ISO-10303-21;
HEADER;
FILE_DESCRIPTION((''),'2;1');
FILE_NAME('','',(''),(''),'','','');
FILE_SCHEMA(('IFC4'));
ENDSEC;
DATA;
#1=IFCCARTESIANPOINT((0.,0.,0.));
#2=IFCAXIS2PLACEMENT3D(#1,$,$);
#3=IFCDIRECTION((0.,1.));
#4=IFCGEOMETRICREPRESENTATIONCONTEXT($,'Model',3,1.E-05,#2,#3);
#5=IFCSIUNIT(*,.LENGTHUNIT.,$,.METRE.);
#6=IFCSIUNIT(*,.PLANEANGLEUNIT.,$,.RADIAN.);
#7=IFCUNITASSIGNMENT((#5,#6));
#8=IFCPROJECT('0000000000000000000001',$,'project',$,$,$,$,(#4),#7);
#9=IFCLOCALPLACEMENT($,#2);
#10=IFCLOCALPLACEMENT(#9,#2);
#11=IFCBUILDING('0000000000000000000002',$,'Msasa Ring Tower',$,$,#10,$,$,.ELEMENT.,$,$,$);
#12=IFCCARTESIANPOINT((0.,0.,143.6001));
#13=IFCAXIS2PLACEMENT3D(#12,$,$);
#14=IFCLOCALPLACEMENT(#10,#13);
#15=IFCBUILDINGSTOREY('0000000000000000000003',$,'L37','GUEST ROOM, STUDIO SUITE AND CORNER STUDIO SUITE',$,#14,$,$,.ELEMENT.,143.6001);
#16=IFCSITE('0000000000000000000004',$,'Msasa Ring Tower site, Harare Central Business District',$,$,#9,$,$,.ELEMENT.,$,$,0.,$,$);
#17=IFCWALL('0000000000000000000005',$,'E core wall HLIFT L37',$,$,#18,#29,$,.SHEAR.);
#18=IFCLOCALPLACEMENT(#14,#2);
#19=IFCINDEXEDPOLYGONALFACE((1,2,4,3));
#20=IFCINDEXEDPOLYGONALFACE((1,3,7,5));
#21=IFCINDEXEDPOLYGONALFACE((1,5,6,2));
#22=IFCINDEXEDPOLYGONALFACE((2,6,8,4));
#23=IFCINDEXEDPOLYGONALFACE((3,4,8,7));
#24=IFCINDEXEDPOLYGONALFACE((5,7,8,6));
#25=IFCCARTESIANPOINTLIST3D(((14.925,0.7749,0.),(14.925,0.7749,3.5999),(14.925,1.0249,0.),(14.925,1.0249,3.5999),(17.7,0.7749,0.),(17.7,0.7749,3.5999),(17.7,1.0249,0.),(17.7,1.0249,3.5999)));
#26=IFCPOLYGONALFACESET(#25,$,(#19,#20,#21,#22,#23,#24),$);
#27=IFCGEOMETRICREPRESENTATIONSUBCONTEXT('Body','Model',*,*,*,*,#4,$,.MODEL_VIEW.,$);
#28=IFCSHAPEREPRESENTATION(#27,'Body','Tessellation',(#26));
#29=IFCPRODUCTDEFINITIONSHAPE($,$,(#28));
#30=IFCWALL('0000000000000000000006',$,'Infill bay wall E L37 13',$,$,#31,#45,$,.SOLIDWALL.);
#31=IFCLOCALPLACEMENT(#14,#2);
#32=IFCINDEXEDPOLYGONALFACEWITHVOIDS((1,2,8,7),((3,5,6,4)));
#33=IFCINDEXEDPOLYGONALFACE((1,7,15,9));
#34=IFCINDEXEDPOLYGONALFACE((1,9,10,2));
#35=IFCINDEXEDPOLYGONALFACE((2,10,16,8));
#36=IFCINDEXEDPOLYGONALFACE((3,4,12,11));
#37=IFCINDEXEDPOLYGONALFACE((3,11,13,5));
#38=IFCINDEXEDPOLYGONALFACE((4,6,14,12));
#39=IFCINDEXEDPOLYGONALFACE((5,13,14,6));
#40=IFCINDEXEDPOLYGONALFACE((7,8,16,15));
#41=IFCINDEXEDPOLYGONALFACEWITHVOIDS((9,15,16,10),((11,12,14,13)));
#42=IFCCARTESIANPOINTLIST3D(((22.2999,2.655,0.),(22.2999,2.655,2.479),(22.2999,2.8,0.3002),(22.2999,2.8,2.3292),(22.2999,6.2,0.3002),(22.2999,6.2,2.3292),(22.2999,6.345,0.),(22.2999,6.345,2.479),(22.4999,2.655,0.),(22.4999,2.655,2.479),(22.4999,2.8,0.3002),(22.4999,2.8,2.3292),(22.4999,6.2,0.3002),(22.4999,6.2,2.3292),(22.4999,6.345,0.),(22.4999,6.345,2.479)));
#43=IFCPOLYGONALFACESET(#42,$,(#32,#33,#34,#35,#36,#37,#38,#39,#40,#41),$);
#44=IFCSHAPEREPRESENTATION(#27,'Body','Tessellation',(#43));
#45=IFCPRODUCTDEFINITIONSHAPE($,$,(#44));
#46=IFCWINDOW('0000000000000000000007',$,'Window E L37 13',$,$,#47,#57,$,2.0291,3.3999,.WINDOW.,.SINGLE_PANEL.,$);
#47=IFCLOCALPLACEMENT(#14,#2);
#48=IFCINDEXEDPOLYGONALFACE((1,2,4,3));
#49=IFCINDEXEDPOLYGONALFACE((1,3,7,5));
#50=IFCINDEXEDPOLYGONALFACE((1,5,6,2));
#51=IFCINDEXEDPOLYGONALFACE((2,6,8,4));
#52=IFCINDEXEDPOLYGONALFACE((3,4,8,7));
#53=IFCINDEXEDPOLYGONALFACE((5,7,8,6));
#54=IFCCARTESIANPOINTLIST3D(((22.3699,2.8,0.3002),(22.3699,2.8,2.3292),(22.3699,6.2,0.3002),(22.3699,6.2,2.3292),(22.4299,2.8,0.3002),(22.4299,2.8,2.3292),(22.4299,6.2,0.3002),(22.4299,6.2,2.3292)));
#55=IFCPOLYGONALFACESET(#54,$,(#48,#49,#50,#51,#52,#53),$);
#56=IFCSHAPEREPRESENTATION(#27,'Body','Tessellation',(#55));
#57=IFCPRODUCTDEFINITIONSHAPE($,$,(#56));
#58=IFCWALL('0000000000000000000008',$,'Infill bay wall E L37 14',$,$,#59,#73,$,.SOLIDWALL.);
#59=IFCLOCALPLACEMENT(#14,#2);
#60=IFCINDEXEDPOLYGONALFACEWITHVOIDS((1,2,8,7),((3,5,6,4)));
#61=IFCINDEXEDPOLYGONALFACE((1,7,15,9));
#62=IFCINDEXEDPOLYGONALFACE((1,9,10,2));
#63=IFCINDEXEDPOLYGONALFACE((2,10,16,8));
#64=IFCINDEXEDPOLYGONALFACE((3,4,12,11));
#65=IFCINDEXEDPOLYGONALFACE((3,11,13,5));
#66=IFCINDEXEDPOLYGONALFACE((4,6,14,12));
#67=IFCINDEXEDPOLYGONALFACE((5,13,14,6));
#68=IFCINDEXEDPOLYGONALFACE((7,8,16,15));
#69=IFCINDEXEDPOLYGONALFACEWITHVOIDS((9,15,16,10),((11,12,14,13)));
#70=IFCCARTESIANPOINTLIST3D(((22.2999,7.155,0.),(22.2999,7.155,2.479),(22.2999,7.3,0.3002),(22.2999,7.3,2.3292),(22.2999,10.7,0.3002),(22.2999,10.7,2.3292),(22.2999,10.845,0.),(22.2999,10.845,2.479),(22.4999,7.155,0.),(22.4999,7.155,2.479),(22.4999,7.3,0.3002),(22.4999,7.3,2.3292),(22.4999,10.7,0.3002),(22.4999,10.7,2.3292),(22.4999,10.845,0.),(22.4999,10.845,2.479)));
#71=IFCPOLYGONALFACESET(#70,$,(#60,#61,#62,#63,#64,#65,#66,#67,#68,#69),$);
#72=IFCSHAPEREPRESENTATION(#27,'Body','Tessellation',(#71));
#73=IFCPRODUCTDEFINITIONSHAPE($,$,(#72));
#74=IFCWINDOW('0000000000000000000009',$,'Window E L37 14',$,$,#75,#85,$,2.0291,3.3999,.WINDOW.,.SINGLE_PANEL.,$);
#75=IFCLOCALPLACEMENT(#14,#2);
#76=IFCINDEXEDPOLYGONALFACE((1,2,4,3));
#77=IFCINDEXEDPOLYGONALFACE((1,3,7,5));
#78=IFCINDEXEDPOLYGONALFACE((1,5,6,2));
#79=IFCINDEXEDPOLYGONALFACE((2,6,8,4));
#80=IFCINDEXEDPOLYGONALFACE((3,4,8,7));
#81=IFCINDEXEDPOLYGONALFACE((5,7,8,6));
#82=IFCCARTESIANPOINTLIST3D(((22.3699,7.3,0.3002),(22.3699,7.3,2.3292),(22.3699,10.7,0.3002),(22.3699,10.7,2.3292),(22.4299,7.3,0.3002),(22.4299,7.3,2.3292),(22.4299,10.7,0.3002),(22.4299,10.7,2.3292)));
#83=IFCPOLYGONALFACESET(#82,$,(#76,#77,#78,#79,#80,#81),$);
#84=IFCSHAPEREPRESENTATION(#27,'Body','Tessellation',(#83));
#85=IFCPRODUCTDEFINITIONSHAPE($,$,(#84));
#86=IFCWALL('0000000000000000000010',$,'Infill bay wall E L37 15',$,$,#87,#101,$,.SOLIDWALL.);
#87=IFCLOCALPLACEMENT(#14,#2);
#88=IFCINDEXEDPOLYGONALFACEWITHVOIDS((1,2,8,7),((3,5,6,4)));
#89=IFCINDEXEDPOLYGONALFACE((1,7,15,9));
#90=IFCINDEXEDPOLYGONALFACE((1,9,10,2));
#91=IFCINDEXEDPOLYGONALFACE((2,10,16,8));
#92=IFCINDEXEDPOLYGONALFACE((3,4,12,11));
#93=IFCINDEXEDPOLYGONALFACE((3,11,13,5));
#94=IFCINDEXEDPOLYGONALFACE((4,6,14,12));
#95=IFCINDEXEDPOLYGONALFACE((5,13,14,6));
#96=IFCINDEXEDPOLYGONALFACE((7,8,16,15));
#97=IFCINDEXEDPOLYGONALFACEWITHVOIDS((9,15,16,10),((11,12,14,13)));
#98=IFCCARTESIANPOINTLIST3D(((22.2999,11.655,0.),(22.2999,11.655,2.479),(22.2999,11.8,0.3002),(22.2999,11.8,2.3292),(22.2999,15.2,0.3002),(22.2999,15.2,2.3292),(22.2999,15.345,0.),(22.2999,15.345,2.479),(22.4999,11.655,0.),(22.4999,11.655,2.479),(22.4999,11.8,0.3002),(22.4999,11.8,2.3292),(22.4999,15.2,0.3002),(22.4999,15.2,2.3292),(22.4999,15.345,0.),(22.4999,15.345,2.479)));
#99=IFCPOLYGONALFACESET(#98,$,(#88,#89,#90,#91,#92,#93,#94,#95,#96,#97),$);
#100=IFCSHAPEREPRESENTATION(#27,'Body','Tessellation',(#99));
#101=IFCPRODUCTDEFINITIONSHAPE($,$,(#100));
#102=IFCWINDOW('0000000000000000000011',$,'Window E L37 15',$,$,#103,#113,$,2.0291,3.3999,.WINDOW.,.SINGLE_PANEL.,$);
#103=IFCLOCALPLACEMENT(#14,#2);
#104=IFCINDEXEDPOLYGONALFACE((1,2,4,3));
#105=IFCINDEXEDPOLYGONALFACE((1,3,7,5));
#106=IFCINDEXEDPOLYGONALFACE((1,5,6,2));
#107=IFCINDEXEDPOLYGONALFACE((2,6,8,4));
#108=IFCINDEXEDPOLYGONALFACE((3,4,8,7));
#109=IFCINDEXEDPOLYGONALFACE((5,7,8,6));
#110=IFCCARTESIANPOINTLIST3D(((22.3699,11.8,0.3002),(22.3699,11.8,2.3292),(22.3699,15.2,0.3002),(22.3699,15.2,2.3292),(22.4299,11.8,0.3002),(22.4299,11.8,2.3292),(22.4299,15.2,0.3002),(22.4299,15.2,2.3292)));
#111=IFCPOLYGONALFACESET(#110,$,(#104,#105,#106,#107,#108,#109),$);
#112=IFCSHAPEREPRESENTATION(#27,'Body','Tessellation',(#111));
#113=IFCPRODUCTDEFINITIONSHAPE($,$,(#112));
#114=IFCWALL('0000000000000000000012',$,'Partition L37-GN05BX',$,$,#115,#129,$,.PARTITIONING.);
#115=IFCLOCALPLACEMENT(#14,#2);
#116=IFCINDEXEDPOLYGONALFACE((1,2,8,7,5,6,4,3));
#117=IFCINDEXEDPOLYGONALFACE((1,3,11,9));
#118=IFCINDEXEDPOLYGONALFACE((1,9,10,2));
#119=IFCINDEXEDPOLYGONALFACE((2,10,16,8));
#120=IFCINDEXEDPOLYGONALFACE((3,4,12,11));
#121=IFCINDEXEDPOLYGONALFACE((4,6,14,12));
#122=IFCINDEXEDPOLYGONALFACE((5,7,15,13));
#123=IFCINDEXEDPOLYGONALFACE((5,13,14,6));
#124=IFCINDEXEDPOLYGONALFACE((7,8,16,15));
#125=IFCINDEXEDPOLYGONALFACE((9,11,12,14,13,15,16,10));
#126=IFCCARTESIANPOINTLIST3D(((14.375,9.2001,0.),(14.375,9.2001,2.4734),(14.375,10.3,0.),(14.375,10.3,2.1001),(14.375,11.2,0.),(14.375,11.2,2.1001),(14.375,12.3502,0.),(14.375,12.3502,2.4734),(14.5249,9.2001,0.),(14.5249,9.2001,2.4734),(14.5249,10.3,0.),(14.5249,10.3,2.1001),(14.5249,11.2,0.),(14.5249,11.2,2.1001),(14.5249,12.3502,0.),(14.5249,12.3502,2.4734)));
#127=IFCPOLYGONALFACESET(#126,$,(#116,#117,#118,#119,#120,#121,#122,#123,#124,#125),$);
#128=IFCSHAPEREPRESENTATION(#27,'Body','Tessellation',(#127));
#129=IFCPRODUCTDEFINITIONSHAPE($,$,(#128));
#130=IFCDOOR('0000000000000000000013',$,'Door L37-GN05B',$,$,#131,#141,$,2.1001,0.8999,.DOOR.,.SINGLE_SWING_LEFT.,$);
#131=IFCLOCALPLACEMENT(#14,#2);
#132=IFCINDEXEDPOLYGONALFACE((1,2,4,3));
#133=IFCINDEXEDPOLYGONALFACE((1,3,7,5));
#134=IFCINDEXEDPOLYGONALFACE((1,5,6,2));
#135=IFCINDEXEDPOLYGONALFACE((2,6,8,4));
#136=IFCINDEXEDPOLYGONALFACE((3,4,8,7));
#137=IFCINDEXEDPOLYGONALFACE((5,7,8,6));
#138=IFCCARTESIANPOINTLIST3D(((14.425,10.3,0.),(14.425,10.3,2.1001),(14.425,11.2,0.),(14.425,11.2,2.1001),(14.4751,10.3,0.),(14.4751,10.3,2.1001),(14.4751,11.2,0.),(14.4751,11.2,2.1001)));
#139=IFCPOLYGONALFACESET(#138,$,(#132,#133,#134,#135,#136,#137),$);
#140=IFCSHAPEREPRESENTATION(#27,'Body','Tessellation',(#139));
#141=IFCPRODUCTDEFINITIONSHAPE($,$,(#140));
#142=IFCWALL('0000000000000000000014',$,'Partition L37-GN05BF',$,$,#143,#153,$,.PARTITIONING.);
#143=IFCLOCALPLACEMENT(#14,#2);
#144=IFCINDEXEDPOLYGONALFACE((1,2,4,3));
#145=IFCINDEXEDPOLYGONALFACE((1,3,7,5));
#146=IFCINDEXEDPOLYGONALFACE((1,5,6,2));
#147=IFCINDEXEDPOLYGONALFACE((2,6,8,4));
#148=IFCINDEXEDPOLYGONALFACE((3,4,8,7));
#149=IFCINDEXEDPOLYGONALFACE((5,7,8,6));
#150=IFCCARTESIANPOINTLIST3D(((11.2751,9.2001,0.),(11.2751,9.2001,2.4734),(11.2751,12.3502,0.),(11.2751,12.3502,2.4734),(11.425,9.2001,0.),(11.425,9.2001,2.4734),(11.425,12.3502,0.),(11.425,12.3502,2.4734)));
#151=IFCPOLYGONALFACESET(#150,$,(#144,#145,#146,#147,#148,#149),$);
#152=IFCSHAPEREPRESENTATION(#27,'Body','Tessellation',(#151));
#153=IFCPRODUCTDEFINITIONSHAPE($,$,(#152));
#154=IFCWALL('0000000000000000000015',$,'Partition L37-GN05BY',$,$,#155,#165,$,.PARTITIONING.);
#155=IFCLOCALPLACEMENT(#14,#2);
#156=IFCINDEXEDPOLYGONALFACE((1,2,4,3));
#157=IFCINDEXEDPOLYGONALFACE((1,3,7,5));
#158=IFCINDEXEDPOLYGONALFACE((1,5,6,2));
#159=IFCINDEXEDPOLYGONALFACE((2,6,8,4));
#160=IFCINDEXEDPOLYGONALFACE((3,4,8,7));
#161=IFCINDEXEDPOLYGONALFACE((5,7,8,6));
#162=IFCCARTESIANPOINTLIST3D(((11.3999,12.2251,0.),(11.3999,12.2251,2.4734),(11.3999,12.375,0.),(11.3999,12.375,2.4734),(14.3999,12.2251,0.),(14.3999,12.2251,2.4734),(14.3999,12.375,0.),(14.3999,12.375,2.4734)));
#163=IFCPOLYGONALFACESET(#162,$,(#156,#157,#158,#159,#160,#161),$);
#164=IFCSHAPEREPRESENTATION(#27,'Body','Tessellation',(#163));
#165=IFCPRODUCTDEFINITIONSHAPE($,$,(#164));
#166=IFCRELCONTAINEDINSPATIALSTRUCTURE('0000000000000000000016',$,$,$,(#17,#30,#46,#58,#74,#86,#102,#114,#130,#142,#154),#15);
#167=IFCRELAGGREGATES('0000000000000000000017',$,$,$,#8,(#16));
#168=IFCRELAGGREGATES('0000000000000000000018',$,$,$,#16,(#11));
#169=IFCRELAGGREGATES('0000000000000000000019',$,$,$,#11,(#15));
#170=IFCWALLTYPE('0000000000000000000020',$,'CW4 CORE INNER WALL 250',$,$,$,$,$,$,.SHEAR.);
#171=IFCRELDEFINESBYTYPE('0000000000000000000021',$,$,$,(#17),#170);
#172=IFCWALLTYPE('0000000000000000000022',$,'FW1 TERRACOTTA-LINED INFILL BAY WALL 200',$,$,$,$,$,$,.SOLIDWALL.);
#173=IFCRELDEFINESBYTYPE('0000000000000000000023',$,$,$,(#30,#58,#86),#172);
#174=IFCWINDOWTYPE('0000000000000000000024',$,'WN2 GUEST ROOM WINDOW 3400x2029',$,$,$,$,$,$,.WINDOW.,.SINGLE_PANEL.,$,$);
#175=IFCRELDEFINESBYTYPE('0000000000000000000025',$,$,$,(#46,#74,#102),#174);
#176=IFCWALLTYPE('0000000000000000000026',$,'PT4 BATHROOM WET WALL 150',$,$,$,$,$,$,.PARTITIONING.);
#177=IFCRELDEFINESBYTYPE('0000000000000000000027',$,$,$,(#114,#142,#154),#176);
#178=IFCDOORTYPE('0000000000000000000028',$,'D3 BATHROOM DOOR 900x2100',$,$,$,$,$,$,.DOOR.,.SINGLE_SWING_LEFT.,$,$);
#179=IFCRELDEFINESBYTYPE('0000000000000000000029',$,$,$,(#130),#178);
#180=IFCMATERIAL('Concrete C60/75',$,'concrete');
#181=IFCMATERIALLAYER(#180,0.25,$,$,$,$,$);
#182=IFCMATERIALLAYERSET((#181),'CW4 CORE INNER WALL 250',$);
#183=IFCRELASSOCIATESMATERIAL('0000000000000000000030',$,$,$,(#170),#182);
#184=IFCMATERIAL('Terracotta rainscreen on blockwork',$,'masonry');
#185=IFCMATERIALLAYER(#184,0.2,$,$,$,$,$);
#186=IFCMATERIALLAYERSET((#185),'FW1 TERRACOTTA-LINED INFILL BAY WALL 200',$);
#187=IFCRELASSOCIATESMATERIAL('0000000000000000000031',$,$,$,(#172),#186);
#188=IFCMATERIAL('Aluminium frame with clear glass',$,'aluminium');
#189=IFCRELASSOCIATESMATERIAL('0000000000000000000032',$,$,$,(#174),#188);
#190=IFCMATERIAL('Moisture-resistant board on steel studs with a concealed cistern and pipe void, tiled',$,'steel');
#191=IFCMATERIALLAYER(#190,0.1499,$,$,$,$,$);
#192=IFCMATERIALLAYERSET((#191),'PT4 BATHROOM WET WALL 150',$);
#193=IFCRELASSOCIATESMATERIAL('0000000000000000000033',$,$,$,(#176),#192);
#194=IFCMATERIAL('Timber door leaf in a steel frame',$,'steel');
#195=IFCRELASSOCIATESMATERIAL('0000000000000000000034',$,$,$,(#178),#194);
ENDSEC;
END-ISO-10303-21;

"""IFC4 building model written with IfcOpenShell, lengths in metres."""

from ifc_helpers import new_model, si_unit, direction, frame, frame_2d, origin, place, context, subcontext, project, spatial, rectangle, extrude, material, layer, layer_set, type_object, element, fill, save


model = new_model("IFC4")

# Units and contexts
model_context = context("Model", 3, precision=1e-05, world=origin(), true_north=direction((0.0, 1.0)))
body_context = subcontext(model_context, "Body", "Model", "MODEL_VIEW")
ifc_project = project(units=[si_unit("LENGTHUNIT", "METRE"), si_unit("PLANEANGLEUNIT", "RADIAN")], contexts=[model_context])

# Site, building, storey
site_placement = place(None, origin())
site = spatial("IfcSite", under=ifc_project, at=site_placement, Name="Msasa Ring Tower site, Harare Central Business District", CompositionType="ELEMENT", RefElevation=0.0)
building_placement = place(site_placement, origin())
building = spatial("IfcBuilding", under=site, at=building_placement, Name="Msasa Ring Tower", CompositionType="ELEMENT")
storey_placement = place(building_placement, frame((0.0, 0.0, 143.6001)))
storey = spatial("IfcBuildingStorey", under=building, at=storey_placement, Name="L37", Description="GUEST ROOM, STUDIO SUITE AND CORNER STUDIO SUITE", CompositionType="ELEMENT", Elevation=143.6001)

# Wall
ifc_material_1 = material(Name="Concrete C60/75", Category="concrete")
ifc_layer_1 = layer(ifc_material_1, 0.25)
ifc_layer_set_1 = layer_set([ifc_layer_1], Name="CW4 CORE INNER WALL 250")
wall_type_1 = type_object("IfcWallType", Name="CW4 CORE INNER WALL 250", PredefinedType="SHEAR", material=ifc_layer_set_1)
wall_1_placement = place(storey_placement, frame((14.925, 0.8999, 0.0), z_axis=(0.0, 0.0, 1.0), x_axis=(1.0, 0.0, 0.0)))
element("IfcWall", 1, at=wall_1_placement, inside=storey, type_object=wall_type_1, Name="E core wall HLIFT L37", PredefinedType="SHEAR", context=body_context, shape_type="SweptSolid", body=[
    extrude(rectangle(XDim=2.7749, YDim=0.25, at=frame_2d((1.3875, 0.0))), origin(), (0.0, 0.0, 1.0), 3.5999),
])

# Walls, openings, windows
ifc_material_2 = material(Name="Terracotta rainscreen on blockwork", Category="masonry")
ifc_layer_2 = layer(ifc_material_2, 0.2)
ifc_layer_set_2 = layer_set([ifc_layer_2], Name="FW1 TERRACOTTA-LINED INFILL BAY WALL 200")
wall_type_2 = type_object("IfcWallType", Name="FW1 TERRACOTTA-LINED INFILL BAY WALL 200", PredefinedType="SOLIDWALL", material=ifc_layer_set_2)
wall_2_placement = place(storey_placement, frame((22.3999, 2.655, 0.0), z_axis=(0.0, 0.0, 1.0), x_axis=(0.0, 1.0, 0.0)))
wall_2 = element("IfcWall", 2, at=wall_2_placement, inside=storey, type_object=wall_type_2, Name="Infill bay wall E L37 13", PredefinedType="SOLIDWALL", context=body_context, shape_type="SweptSolid", body=[
    extrude(rectangle(XDim=3.6899, YDim=0.2, at=frame_2d((1.845, 0.0))), origin(), (0.0, 0.0, 1.0), 2.479),
])
opening_1_placement = place(wall_2_placement, frame((0.145, 0.0, 0.3)))
opening_1 = element("IfcOpeningElement", 3, at=opening_1_placement, cuts=wall_2, PredefinedType="OPENING", context=body_context, shape_type="SweptSolid", body=[
    extrude(rectangle(XDim=3.3999, YDim=2.0291, at=frame_2d((1.7, 1.0146))), frame((0.0, 0.1099, 0.0), z_axis=(0.0, -1.0, 0.0), x_axis=(1.0, 0.0, 0.0)), (0.0, 0.0, 1.0), 0.22),
])
ifc_material_3 = material(Name="Aluminium frame with clear glass", Category="aluminium")
window_type = type_object("IfcWindowType", Name="WN2 GUEST ROOM WINDOW 3400x2029", PartitioningType="SINGLE_PANEL", PredefinedType="WINDOW", material=ifc_material_3)
window_1_placement = place(opening_1_placement, origin())
window_1 = element("IfcWindow", 4, at=window_1_placement, inside=storey, type_object=window_type, Name="Window E L37 13", OverallHeight=2.0291, OverallWidth=3.3999, PartitioningType="SINGLE_PANEL", PredefinedType="WINDOW", context=body_context, shape_type="SweptSolid", body=[
    extrude(rectangle(XDim=3.3999, YDim=2.0291, at=frame_2d((1.7, 1.0146))), frame((0.0, 0.03, 0.0), z_axis=(0.0, -1.0, 0.0), x_axis=(1.0, 0.0, 0.0)), (0.0, 0.0, 1.0), 0.0601),
])
fill(opening_1, window_1)
wall_3_placement = place(storey_placement, frame((22.3999, 7.155, 0.0), z_axis=(0.0, 0.0, 1.0), x_axis=(0.0, 1.0, 0.0)))
wall_3 = element("IfcWall", 5, at=wall_3_placement, inside=storey, type_object=wall_type_2, Name="Infill bay wall E L37 14", PredefinedType="SOLIDWALL", context=body_context, shape_type="SweptSolid", body=[
    extrude(rectangle(XDim=3.6899, YDim=0.2, at=frame_2d((1.845, 0.0))), origin(), (0.0, 0.0, 1.0), 2.479),
])
opening_2_placement = place(wall_3_placement, frame((0.145, 0.0, 0.3)))
opening_2 = element("IfcOpeningElement", 6, at=opening_2_placement, cuts=wall_3, PredefinedType="OPENING", context=body_context, shape_type="SweptSolid", body=[
    extrude(rectangle(XDim=3.3999, YDim=2.0291, at=frame_2d((1.7, 1.0146))), frame((0.0, 0.1099, 0.0), z_axis=(0.0, -1.0, 0.0), x_axis=(1.0, 0.0, 0.0)), (0.0, 0.0, 1.0), 0.22),
])
window_2_placement = place(opening_2_placement, origin())
window_2 = element("IfcWindow", 7, at=window_2_placement, inside=storey, type_object=window_type, Name="Window E L37 14", OverallHeight=2.0291, OverallWidth=3.3999, PartitioningType="SINGLE_PANEL", PredefinedType="WINDOW", context=body_context, shape_type="SweptSolid", body=[
    extrude(rectangle(XDim=3.3999, YDim=2.0291, at=frame_2d((1.7, 1.0146))), frame((0.0, 0.03, 0.0), z_axis=(0.0, -1.0, 0.0), x_axis=(1.0, 0.0, 0.0)), (0.0, 0.0, 1.0), 0.0601),
])
fill(opening_2, window_2)
wall_4_placement = place(storey_placement, frame((22.3999, 11.655, 0.0), z_axis=(0.0, 0.0, 1.0), x_axis=(0.0, 1.0, 0.0)))
wall_4 = element("IfcWall", 8, at=wall_4_placement, inside=storey, type_object=wall_type_2, Name="Infill bay wall E L37 15", PredefinedType="SOLIDWALL", context=body_context, shape_type="SweptSolid", body=[
    extrude(rectangle(XDim=3.6899, YDim=0.2, at=frame_2d((1.845, 0.0))), origin(), (0.0, 0.0, 1.0), 2.479),
])
opening_3_placement = place(wall_4_placement, frame((0.145, 0.0, 0.3)))
opening_3 = element("IfcOpeningElement", 9, at=opening_3_placement, cuts=wall_4, PredefinedType="OPENING", context=body_context, shape_type="SweptSolid", body=[
    extrude(rectangle(XDim=3.3999, YDim=2.0291, at=frame_2d((1.7, 1.0146))), frame((0.0, 0.1099, 0.0), z_axis=(0.0, -1.0, 0.0), x_axis=(1.0, 0.0, 0.0)), (0.0, 0.0, 1.0), 0.22),
])
window_3_placement = place(opening_3_placement, origin())
window_3 = element("IfcWindow", 10, at=window_3_placement, inside=storey, type_object=window_type, Name="Window E L37 15", OverallHeight=2.0291, OverallWidth=3.3999, PartitioningType="SINGLE_PANEL", PredefinedType="WINDOW", context=body_context, shape_type="SweptSolid", body=[
    extrude(rectangle(XDim=3.3999, YDim=2.0291, at=frame_2d((1.7, 1.0146))), frame((0.0, 0.03, 0.0), z_axis=(0.0, -1.0, 0.0), x_axis=(1.0, 0.0, 0.0)), (0.0, 0.0, 1.0), 0.0601),
])
fill(opening_3, window_3)

# Wall, opening, door
ifc_material_4 = material(Name="Moisture-resistant board on steel studs with a concealed cistern and pipe void, tiled", Category="steel")
ifc_layer_3 = layer(ifc_material_4, 0.1499)
ifc_layer_set_3 = layer_set([ifc_layer_3], Name="PT4 BATHROOM WET WALL 150")
wall_type_3 = type_object("IfcWallType", Name="PT4 BATHROOM WET WALL 150", PredefinedType="PARTITIONING", material=ifc_layer_set_3)
wall_5_placement = place(storey_placement, frame((14.45, 9.2, 0.0), z_axis=(0.0, 0.0, 1.0), x_axis=(0.0, 1.0, 0.0)))
wall_5 = element("IfcWall", 11, at=wall_5_placement, inside=storey, type_object=wall_type_3, Name="Partition L37-GN05BX", PredefinedType="PARTITIONING", context=body_context, shape_type="SweptSolid", body=[
    extrude(rectangle(XDim=3.1501, YDim=0.1499, at=frame_2d((1.5752, 0.0))), origin(), (0.0, 0.0, 1.0), 2.4734),
])
opening_4_placement = place(wall_5_placement, frame((1.1001, 0.0, 0.0)))
opening_4 = element("IfcOpeningElement", 12, at=opening_4_placement, cuts=wall_5, PredefinedType="OPENING", context=body_context, shape_type="SweptSolid", body=[
    extrude(rectangle(XDim=0.8999, YDim=2.1001, at=frame_2d((0.45, 1.05))), frame((0.0, 0.085, 0.0), z_axis=(0.0, -1.0, 0.0), x_axis=(1.0, 0.0, 0.0)), (0.0, 0.0, 1.0), 0.1699),
])
ifc_material_5 = material(Name="Timber door leaf in a steel frame", Category="steel")
door_type = type_object("IfcDoorType", Name="D3 BATHROOM DOOR 900x2100", OperationType="SINGLE_SWING_LEFT", PredefinedType="DOOR", material=ifc_material_5)
door_1_placement = place(opening_4_placement, origin())
door_1 = element("IfcDoor", 13, at=door_1_placement, inside=storey, type_object=door_type, Name="Door L37-GN05B", OperationType="SINGLE_SWING_LEFT", OverallHeight=2.1001, OverallWidth=0.8999, PredefinedType="DOOR", context=body_context, shape_type="SweptSolid", body=[
    extrude(rectangle(XDim=0.8999, YDim=2.1001, at=frame_2d((0.45, 1.05))), frame((0.0, 0.0249, 0.0), z_axis=(0.0, -1.0, 0.0), x_axis=(1.0, 0.0, 0.0)), (0.0, 0.0, 1.0), 0.05),
])
fill(opening_4, door_1)

# Walls
wall_6_placement = place(storey_placement, frame((11.3501, 9.2, 0.0), z_axis=(0.0, 0.0, 1.0), x_axis=(0.0, 1.0, 0.0)))
element("IfcWall", 14, at=wall_6_placement, inside=storey, type_object=wall_type_3, Name="Partition L37-GN05BF", PredefinedType="PARTITIONING", context=body_context, shape_type="SweptSolid", body=[
    extrude(rectangle(XDim=3.1501, YDim=0.1499, at=frame_2d((1.5752, 0.0))), origin(), (0.0, 0.0, 1.0), 2.4734),
])
wall_7_placement = place(storey_placement, frame((11.3999, 12.3, 0.0), z_axis=(0.0, 0.0, 1.0), x_axis=(1.0, 0.0, 0.0)))
element("IfcWall", 15, at=wall_7_placement, inside=storey, type_object=wall_type_3, Name="Partition L37-GN05BY", PredefinedType="PARTITIONING", context=body_context, shape_type="SweptSolid", body=[
    extrude(rectangle(XDim=3.0, YDim=0.1499, at=frame_2d((1.5, 0.0))), origin(), (0.0, 0.0, 1.0), 2.4734),
])

save(model, "model.ifc")
